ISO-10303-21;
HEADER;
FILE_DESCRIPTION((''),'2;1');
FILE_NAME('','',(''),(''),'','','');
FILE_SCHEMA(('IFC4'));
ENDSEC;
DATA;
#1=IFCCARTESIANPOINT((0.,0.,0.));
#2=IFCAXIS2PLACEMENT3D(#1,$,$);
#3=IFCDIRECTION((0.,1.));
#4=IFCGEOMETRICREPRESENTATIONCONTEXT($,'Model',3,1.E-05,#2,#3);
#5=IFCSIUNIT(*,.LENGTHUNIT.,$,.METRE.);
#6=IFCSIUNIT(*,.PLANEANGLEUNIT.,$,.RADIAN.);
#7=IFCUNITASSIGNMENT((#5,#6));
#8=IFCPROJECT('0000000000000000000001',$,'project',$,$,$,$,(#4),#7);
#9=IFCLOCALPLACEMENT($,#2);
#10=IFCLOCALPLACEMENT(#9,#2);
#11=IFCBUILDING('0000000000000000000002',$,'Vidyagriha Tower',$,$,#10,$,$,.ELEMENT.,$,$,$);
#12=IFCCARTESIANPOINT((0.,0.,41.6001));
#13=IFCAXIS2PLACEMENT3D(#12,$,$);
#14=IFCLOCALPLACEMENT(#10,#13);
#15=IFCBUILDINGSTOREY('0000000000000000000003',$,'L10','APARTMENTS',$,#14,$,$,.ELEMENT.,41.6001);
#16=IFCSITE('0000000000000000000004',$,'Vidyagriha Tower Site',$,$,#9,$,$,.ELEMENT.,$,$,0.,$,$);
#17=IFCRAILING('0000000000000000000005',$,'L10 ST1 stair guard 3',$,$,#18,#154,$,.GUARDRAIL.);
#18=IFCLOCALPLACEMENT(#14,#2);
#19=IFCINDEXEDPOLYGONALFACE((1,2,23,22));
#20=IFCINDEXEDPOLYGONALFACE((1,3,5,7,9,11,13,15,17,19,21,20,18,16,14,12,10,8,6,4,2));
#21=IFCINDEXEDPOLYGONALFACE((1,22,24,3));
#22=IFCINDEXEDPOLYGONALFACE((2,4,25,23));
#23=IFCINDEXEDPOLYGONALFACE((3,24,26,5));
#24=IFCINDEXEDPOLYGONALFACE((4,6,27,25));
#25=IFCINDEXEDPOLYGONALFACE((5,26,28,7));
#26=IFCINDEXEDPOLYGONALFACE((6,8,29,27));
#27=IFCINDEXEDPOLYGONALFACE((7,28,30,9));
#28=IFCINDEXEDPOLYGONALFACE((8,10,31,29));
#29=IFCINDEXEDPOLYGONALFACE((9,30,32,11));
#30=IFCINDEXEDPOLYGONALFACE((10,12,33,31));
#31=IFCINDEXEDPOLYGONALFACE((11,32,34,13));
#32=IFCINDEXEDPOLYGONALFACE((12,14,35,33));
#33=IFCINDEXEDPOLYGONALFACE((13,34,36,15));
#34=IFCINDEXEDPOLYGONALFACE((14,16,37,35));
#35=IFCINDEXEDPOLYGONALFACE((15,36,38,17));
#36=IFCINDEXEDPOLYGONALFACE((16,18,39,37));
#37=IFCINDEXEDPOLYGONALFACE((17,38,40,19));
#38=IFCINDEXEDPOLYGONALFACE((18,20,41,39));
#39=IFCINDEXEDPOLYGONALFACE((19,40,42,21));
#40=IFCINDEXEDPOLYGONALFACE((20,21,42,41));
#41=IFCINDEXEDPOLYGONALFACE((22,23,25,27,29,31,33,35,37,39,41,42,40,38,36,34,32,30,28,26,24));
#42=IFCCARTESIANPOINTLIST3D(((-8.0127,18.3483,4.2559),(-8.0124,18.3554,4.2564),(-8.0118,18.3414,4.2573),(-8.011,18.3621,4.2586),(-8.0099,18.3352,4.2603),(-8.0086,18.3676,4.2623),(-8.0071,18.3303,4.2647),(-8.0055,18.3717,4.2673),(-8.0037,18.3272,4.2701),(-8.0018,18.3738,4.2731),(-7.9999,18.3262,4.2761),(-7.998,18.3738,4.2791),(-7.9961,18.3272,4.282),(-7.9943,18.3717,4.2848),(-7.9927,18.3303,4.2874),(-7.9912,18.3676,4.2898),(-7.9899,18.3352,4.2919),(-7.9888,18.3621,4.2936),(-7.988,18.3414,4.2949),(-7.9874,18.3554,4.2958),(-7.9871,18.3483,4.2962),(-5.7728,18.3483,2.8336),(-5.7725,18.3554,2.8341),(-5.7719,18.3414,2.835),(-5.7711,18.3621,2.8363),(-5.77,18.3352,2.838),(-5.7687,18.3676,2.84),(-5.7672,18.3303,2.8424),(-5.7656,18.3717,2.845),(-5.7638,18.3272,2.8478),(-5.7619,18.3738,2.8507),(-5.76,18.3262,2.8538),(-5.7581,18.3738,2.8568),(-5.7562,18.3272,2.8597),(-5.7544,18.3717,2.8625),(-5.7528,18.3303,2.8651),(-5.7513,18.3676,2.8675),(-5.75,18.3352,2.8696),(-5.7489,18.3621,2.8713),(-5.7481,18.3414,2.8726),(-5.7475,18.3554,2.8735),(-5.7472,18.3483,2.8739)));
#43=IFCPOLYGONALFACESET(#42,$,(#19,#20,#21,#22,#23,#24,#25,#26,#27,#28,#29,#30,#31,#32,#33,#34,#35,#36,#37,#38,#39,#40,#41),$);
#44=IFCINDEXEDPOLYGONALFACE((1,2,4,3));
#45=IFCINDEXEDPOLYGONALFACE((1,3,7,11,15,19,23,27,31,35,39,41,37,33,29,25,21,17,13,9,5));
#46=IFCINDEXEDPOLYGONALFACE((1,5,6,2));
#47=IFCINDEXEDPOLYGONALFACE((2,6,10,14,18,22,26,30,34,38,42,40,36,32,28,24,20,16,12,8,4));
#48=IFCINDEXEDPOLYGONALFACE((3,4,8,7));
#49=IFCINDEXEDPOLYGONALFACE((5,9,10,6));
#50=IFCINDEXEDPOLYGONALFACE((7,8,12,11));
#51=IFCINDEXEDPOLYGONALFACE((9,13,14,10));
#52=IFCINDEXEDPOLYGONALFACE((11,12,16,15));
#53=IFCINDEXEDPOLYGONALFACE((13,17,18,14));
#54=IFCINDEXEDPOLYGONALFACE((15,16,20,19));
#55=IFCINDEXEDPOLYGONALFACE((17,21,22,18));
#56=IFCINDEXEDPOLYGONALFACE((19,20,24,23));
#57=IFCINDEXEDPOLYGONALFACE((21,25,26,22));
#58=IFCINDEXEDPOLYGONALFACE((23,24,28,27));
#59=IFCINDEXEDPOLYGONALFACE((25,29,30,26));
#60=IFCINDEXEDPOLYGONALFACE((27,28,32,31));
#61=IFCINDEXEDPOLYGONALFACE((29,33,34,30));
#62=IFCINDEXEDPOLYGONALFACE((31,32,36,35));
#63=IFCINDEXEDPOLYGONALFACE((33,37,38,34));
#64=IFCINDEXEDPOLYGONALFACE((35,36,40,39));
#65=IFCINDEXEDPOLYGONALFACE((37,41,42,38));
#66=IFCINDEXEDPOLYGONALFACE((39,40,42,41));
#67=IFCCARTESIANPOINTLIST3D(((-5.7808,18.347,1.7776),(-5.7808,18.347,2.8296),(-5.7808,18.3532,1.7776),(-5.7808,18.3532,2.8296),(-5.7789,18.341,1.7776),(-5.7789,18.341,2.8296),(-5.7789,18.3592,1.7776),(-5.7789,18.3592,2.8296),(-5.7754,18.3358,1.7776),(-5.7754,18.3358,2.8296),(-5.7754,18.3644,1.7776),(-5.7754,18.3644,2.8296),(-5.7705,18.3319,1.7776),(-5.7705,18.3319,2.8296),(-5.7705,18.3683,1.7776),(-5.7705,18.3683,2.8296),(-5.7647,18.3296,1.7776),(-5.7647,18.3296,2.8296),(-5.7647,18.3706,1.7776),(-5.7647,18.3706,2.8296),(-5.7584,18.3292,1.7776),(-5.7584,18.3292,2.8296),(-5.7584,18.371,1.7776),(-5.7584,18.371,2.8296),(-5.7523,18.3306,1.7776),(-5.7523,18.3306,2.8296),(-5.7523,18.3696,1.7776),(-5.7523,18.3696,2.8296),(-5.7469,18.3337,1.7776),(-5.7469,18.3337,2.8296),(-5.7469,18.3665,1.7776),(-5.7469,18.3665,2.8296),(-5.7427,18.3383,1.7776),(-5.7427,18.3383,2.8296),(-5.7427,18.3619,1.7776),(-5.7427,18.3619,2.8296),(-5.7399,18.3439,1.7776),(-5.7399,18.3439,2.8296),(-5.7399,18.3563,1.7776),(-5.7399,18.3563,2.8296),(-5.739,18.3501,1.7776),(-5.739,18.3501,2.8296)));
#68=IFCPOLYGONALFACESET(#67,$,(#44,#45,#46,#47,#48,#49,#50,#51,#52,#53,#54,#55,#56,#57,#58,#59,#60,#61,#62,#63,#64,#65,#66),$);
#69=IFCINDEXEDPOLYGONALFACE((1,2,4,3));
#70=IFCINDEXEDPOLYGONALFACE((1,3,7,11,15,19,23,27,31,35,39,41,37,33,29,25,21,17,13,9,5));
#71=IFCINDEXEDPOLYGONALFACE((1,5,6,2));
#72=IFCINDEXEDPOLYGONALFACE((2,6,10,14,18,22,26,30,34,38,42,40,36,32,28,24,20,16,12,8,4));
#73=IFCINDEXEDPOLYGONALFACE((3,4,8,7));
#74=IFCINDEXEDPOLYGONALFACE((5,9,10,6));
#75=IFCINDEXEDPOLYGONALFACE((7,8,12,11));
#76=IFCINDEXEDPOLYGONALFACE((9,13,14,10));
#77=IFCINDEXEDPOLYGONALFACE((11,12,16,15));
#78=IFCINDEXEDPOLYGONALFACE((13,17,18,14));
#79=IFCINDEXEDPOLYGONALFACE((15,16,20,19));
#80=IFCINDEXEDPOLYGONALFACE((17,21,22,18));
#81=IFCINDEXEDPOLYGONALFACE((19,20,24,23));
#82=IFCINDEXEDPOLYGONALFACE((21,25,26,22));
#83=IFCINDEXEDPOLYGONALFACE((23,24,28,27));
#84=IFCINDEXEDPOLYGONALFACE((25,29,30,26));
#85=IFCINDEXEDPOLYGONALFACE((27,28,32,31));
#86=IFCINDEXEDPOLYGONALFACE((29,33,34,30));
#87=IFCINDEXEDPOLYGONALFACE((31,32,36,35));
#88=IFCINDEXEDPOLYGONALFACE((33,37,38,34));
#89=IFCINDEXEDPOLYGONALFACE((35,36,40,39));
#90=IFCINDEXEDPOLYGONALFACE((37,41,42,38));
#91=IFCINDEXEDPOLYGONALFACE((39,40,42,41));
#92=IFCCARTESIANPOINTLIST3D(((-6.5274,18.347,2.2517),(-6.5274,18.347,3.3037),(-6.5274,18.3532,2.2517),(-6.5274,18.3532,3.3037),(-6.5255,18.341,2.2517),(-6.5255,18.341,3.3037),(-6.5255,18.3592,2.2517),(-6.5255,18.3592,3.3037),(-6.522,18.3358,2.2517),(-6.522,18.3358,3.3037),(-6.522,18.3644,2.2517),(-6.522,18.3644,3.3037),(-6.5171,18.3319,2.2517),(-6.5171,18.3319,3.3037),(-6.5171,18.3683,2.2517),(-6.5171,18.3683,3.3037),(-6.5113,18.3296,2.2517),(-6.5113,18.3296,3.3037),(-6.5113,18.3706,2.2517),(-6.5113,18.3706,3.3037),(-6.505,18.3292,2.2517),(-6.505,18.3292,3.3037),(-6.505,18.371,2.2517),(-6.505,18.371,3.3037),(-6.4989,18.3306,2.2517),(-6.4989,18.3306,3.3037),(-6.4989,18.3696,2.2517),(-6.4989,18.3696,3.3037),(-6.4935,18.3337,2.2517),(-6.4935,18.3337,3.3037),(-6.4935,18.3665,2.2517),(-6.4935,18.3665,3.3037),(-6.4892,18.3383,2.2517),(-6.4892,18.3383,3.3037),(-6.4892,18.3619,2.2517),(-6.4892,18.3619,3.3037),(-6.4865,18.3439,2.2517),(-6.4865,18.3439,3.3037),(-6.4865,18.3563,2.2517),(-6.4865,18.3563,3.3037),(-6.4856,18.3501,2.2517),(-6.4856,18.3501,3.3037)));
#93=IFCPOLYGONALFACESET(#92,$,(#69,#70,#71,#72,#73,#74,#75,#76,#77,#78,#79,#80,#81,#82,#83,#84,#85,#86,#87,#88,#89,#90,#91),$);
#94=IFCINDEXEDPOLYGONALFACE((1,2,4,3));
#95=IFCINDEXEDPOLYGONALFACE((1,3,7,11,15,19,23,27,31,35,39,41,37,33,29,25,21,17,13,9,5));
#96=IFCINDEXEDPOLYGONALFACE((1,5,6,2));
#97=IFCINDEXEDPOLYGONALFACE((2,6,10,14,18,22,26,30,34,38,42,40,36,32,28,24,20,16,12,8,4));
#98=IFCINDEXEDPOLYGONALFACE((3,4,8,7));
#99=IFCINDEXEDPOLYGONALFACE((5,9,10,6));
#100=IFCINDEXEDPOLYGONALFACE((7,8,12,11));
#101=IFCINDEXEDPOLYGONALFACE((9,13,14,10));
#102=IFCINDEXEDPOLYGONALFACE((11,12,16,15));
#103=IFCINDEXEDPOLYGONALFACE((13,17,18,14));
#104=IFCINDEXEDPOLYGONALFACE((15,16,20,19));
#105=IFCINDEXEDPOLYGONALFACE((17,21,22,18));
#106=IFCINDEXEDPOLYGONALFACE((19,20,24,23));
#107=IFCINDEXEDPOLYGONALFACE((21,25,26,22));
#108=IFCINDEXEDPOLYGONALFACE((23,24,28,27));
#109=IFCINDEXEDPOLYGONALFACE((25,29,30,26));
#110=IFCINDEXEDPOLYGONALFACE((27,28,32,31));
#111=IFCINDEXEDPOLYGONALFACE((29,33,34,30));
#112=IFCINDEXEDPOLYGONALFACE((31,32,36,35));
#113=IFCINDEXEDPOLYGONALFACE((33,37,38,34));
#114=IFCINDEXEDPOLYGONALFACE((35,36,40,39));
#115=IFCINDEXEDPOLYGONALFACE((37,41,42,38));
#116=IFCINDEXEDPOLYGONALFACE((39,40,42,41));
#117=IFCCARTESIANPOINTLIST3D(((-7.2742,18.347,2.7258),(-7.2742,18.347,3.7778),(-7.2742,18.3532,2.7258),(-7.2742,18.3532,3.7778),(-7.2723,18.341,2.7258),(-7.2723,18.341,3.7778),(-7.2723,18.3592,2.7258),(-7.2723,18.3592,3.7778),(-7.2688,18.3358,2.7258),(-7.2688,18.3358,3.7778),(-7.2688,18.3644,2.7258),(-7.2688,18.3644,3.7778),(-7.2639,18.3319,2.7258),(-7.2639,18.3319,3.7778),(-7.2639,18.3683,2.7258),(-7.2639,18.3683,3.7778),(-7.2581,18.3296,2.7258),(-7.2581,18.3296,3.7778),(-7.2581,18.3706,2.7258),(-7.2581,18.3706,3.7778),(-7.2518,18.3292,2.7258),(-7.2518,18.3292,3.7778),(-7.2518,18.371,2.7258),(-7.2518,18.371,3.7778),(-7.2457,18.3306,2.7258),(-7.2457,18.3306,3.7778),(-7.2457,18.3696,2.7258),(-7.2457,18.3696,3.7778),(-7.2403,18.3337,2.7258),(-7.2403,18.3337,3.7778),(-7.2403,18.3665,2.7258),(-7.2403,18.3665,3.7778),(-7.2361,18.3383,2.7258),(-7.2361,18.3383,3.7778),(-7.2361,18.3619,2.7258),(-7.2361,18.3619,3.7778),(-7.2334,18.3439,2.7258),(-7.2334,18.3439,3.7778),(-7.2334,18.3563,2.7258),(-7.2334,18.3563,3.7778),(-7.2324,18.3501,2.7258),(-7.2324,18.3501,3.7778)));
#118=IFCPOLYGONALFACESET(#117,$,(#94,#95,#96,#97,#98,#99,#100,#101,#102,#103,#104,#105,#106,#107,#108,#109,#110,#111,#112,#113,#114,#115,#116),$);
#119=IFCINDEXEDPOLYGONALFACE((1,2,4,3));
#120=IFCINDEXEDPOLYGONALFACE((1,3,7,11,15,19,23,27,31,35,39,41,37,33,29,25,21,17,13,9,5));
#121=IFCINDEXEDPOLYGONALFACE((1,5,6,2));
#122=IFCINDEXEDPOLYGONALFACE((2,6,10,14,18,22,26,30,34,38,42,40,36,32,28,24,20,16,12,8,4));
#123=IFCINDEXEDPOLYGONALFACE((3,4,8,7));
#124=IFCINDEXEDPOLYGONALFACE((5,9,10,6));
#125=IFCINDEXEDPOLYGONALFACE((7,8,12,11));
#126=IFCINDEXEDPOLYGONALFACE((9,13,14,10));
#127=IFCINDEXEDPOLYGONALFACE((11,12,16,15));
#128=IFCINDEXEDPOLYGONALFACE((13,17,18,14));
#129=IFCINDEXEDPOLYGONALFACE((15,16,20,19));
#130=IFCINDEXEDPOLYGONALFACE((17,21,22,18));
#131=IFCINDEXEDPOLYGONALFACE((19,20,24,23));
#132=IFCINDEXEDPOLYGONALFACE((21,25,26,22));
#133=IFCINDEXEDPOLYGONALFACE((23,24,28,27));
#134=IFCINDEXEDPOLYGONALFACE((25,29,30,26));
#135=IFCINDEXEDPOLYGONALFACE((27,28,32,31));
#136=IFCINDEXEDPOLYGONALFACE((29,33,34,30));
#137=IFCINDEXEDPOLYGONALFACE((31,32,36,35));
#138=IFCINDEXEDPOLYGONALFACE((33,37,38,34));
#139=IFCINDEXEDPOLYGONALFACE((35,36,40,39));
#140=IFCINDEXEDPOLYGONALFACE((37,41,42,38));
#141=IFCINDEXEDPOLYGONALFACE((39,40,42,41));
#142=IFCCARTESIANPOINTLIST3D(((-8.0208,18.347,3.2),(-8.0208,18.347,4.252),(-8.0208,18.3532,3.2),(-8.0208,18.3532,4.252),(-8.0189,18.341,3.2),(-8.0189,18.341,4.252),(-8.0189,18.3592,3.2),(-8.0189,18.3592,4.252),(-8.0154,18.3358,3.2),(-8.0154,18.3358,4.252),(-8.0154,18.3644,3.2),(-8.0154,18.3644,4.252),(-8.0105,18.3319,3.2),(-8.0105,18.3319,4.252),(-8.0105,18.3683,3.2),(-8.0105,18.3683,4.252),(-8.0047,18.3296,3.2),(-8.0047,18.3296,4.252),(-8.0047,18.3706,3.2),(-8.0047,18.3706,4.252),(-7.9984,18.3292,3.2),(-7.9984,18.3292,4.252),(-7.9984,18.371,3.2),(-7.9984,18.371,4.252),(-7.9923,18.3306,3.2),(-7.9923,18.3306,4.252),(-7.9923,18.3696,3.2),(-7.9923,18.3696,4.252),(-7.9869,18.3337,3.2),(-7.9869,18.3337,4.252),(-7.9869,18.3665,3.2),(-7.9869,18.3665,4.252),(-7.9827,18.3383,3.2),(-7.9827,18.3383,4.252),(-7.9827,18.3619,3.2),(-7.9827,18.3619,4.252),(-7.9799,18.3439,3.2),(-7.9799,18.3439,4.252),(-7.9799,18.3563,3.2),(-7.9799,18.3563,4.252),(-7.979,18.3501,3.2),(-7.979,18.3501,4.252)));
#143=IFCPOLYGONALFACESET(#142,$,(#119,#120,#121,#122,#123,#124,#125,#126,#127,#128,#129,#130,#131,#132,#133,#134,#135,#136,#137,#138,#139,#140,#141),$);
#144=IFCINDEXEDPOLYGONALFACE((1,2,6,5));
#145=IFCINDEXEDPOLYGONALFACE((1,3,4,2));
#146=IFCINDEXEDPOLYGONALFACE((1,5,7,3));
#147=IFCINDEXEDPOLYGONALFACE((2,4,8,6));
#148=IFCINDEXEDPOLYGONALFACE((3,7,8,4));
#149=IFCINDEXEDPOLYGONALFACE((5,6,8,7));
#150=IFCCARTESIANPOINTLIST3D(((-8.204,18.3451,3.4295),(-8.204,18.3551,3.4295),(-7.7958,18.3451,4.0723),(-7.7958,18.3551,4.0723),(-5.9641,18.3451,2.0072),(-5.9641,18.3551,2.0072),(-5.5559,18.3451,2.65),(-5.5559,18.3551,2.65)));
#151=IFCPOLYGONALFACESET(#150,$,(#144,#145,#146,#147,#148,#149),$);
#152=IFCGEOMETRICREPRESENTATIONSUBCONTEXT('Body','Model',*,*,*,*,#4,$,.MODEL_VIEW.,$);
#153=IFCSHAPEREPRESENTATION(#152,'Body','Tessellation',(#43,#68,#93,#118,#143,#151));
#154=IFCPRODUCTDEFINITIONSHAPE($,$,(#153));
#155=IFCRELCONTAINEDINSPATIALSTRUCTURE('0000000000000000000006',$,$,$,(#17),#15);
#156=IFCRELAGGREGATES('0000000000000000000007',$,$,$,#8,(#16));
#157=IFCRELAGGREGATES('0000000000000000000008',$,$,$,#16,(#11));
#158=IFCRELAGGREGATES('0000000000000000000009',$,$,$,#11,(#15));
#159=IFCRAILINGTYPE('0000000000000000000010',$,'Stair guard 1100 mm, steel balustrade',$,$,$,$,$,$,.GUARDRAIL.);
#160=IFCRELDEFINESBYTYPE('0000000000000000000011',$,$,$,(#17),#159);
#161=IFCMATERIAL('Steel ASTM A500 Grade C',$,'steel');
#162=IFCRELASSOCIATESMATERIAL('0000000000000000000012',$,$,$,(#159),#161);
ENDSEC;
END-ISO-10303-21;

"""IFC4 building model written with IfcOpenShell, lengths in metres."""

from ifc_helpers import new_model, si_unit, direction, frame, origin, origin_2d, place, context, subcontext, project, spatial, rectangle, circle, extrude, material, type_object, element, save


model = new_model("IFC4")

# Units and contexts
model_context = context("Model", 3, precision=1e-05, world=origin(), true_north=direction((0.0, 1.0)))
body_context = subcontext(model_context, "Body", "Model", "MODEL_VIEW")
ifc_project = project(units=[si_unit("LENGTHUNIT", "METRE"), si_unit("PLANEANGLEUNIT", "RADIAN")], contexts=[model_context])

# Site, building, storey
site_placement = place(None, origin())
site = spatial("IfcSite", under=ifc_project, at=site_placement, Name="Vidyagriha Tower Site", CompositionType="ELEMENT", RefElevation=0.0)
building_placement = place(site_placement, origin())
building = spatial("IfcBuilding", under=site, at=building_placement, Name="Vidyagriha Tower", CompositionType="ELEMENT")
storey_placement = place(building_placement, frame((0.0, 0.0, 41.6001)))
storey = spatial("IfcBuildingStorey", under=building, at=storey_placement, Name="L10", Description="APARTMENTS", CompositionType="ELEMENT", Elevation=41.6001)

# Railing
ifc_material_1 = material(Name="Steel ASTM A500 Grade C", Category="steel")
railing_type_1 = type_object("IfcRailingType", Name="Stair guard 1100 mm, steel balustrade", PredefinedType="GUARDRAIL", material=ifc_material_1)
railing_1_placement = place(storey_placement, frame((-5.76, 18.3501, 1.7776)))
element("IfcRailing", 1, at=railing_1_placement, inside=storey, type_object=railing_type_1, Name="L10 ST1 stair guard 3", PredefinedType="GUARDRAIL", context=body_context, shape_type="SweptSolid", body=[
    extrude(circle(Radius=0.0239, at=origin_2d()), frame((0.0, 0.0, 1.0762), z_axis=(-0.844188, 0.0, 0.536048), x_axis=(0.0, -1.0, 0.0)), (0.0, 0.0, 1.0), 2.6533),
    extrude(circle(Radius=0.021, at=origin_2d()), origin(), (0.0, 0.0, 1.0), 1.052),
    extrude(circle(Radius=0.021, at=origin_2d()), frame((-0.7466, 0.0, 0.4741)), (0.0, 0.0, 1.0), 1.052),
    extrude(circle(Radius=0.021, at=origin_2d()), frame((-1.4934, 0.0, 0.9482)), (0.0, 0.0, 1.0), 1.052),
    extrude(circle(Radius=0.021, at=origin_2d()), frame((-2.24, 0.0, 1.4224)), (0.0, 0.0, 1.0), 1.052),
    extrude(rectangle(XDim=0.01, YDim=0.7615, at=origin_2d()), frame((0.0, 0.0, 0.551), z_axis=(-0.844188, 0.0, 0.536048), x_axis=(0.0, -1.0, 0.0)), (0.0, 0.0, 1.0), 2.6533),
])

save(model, "model.ifc")
